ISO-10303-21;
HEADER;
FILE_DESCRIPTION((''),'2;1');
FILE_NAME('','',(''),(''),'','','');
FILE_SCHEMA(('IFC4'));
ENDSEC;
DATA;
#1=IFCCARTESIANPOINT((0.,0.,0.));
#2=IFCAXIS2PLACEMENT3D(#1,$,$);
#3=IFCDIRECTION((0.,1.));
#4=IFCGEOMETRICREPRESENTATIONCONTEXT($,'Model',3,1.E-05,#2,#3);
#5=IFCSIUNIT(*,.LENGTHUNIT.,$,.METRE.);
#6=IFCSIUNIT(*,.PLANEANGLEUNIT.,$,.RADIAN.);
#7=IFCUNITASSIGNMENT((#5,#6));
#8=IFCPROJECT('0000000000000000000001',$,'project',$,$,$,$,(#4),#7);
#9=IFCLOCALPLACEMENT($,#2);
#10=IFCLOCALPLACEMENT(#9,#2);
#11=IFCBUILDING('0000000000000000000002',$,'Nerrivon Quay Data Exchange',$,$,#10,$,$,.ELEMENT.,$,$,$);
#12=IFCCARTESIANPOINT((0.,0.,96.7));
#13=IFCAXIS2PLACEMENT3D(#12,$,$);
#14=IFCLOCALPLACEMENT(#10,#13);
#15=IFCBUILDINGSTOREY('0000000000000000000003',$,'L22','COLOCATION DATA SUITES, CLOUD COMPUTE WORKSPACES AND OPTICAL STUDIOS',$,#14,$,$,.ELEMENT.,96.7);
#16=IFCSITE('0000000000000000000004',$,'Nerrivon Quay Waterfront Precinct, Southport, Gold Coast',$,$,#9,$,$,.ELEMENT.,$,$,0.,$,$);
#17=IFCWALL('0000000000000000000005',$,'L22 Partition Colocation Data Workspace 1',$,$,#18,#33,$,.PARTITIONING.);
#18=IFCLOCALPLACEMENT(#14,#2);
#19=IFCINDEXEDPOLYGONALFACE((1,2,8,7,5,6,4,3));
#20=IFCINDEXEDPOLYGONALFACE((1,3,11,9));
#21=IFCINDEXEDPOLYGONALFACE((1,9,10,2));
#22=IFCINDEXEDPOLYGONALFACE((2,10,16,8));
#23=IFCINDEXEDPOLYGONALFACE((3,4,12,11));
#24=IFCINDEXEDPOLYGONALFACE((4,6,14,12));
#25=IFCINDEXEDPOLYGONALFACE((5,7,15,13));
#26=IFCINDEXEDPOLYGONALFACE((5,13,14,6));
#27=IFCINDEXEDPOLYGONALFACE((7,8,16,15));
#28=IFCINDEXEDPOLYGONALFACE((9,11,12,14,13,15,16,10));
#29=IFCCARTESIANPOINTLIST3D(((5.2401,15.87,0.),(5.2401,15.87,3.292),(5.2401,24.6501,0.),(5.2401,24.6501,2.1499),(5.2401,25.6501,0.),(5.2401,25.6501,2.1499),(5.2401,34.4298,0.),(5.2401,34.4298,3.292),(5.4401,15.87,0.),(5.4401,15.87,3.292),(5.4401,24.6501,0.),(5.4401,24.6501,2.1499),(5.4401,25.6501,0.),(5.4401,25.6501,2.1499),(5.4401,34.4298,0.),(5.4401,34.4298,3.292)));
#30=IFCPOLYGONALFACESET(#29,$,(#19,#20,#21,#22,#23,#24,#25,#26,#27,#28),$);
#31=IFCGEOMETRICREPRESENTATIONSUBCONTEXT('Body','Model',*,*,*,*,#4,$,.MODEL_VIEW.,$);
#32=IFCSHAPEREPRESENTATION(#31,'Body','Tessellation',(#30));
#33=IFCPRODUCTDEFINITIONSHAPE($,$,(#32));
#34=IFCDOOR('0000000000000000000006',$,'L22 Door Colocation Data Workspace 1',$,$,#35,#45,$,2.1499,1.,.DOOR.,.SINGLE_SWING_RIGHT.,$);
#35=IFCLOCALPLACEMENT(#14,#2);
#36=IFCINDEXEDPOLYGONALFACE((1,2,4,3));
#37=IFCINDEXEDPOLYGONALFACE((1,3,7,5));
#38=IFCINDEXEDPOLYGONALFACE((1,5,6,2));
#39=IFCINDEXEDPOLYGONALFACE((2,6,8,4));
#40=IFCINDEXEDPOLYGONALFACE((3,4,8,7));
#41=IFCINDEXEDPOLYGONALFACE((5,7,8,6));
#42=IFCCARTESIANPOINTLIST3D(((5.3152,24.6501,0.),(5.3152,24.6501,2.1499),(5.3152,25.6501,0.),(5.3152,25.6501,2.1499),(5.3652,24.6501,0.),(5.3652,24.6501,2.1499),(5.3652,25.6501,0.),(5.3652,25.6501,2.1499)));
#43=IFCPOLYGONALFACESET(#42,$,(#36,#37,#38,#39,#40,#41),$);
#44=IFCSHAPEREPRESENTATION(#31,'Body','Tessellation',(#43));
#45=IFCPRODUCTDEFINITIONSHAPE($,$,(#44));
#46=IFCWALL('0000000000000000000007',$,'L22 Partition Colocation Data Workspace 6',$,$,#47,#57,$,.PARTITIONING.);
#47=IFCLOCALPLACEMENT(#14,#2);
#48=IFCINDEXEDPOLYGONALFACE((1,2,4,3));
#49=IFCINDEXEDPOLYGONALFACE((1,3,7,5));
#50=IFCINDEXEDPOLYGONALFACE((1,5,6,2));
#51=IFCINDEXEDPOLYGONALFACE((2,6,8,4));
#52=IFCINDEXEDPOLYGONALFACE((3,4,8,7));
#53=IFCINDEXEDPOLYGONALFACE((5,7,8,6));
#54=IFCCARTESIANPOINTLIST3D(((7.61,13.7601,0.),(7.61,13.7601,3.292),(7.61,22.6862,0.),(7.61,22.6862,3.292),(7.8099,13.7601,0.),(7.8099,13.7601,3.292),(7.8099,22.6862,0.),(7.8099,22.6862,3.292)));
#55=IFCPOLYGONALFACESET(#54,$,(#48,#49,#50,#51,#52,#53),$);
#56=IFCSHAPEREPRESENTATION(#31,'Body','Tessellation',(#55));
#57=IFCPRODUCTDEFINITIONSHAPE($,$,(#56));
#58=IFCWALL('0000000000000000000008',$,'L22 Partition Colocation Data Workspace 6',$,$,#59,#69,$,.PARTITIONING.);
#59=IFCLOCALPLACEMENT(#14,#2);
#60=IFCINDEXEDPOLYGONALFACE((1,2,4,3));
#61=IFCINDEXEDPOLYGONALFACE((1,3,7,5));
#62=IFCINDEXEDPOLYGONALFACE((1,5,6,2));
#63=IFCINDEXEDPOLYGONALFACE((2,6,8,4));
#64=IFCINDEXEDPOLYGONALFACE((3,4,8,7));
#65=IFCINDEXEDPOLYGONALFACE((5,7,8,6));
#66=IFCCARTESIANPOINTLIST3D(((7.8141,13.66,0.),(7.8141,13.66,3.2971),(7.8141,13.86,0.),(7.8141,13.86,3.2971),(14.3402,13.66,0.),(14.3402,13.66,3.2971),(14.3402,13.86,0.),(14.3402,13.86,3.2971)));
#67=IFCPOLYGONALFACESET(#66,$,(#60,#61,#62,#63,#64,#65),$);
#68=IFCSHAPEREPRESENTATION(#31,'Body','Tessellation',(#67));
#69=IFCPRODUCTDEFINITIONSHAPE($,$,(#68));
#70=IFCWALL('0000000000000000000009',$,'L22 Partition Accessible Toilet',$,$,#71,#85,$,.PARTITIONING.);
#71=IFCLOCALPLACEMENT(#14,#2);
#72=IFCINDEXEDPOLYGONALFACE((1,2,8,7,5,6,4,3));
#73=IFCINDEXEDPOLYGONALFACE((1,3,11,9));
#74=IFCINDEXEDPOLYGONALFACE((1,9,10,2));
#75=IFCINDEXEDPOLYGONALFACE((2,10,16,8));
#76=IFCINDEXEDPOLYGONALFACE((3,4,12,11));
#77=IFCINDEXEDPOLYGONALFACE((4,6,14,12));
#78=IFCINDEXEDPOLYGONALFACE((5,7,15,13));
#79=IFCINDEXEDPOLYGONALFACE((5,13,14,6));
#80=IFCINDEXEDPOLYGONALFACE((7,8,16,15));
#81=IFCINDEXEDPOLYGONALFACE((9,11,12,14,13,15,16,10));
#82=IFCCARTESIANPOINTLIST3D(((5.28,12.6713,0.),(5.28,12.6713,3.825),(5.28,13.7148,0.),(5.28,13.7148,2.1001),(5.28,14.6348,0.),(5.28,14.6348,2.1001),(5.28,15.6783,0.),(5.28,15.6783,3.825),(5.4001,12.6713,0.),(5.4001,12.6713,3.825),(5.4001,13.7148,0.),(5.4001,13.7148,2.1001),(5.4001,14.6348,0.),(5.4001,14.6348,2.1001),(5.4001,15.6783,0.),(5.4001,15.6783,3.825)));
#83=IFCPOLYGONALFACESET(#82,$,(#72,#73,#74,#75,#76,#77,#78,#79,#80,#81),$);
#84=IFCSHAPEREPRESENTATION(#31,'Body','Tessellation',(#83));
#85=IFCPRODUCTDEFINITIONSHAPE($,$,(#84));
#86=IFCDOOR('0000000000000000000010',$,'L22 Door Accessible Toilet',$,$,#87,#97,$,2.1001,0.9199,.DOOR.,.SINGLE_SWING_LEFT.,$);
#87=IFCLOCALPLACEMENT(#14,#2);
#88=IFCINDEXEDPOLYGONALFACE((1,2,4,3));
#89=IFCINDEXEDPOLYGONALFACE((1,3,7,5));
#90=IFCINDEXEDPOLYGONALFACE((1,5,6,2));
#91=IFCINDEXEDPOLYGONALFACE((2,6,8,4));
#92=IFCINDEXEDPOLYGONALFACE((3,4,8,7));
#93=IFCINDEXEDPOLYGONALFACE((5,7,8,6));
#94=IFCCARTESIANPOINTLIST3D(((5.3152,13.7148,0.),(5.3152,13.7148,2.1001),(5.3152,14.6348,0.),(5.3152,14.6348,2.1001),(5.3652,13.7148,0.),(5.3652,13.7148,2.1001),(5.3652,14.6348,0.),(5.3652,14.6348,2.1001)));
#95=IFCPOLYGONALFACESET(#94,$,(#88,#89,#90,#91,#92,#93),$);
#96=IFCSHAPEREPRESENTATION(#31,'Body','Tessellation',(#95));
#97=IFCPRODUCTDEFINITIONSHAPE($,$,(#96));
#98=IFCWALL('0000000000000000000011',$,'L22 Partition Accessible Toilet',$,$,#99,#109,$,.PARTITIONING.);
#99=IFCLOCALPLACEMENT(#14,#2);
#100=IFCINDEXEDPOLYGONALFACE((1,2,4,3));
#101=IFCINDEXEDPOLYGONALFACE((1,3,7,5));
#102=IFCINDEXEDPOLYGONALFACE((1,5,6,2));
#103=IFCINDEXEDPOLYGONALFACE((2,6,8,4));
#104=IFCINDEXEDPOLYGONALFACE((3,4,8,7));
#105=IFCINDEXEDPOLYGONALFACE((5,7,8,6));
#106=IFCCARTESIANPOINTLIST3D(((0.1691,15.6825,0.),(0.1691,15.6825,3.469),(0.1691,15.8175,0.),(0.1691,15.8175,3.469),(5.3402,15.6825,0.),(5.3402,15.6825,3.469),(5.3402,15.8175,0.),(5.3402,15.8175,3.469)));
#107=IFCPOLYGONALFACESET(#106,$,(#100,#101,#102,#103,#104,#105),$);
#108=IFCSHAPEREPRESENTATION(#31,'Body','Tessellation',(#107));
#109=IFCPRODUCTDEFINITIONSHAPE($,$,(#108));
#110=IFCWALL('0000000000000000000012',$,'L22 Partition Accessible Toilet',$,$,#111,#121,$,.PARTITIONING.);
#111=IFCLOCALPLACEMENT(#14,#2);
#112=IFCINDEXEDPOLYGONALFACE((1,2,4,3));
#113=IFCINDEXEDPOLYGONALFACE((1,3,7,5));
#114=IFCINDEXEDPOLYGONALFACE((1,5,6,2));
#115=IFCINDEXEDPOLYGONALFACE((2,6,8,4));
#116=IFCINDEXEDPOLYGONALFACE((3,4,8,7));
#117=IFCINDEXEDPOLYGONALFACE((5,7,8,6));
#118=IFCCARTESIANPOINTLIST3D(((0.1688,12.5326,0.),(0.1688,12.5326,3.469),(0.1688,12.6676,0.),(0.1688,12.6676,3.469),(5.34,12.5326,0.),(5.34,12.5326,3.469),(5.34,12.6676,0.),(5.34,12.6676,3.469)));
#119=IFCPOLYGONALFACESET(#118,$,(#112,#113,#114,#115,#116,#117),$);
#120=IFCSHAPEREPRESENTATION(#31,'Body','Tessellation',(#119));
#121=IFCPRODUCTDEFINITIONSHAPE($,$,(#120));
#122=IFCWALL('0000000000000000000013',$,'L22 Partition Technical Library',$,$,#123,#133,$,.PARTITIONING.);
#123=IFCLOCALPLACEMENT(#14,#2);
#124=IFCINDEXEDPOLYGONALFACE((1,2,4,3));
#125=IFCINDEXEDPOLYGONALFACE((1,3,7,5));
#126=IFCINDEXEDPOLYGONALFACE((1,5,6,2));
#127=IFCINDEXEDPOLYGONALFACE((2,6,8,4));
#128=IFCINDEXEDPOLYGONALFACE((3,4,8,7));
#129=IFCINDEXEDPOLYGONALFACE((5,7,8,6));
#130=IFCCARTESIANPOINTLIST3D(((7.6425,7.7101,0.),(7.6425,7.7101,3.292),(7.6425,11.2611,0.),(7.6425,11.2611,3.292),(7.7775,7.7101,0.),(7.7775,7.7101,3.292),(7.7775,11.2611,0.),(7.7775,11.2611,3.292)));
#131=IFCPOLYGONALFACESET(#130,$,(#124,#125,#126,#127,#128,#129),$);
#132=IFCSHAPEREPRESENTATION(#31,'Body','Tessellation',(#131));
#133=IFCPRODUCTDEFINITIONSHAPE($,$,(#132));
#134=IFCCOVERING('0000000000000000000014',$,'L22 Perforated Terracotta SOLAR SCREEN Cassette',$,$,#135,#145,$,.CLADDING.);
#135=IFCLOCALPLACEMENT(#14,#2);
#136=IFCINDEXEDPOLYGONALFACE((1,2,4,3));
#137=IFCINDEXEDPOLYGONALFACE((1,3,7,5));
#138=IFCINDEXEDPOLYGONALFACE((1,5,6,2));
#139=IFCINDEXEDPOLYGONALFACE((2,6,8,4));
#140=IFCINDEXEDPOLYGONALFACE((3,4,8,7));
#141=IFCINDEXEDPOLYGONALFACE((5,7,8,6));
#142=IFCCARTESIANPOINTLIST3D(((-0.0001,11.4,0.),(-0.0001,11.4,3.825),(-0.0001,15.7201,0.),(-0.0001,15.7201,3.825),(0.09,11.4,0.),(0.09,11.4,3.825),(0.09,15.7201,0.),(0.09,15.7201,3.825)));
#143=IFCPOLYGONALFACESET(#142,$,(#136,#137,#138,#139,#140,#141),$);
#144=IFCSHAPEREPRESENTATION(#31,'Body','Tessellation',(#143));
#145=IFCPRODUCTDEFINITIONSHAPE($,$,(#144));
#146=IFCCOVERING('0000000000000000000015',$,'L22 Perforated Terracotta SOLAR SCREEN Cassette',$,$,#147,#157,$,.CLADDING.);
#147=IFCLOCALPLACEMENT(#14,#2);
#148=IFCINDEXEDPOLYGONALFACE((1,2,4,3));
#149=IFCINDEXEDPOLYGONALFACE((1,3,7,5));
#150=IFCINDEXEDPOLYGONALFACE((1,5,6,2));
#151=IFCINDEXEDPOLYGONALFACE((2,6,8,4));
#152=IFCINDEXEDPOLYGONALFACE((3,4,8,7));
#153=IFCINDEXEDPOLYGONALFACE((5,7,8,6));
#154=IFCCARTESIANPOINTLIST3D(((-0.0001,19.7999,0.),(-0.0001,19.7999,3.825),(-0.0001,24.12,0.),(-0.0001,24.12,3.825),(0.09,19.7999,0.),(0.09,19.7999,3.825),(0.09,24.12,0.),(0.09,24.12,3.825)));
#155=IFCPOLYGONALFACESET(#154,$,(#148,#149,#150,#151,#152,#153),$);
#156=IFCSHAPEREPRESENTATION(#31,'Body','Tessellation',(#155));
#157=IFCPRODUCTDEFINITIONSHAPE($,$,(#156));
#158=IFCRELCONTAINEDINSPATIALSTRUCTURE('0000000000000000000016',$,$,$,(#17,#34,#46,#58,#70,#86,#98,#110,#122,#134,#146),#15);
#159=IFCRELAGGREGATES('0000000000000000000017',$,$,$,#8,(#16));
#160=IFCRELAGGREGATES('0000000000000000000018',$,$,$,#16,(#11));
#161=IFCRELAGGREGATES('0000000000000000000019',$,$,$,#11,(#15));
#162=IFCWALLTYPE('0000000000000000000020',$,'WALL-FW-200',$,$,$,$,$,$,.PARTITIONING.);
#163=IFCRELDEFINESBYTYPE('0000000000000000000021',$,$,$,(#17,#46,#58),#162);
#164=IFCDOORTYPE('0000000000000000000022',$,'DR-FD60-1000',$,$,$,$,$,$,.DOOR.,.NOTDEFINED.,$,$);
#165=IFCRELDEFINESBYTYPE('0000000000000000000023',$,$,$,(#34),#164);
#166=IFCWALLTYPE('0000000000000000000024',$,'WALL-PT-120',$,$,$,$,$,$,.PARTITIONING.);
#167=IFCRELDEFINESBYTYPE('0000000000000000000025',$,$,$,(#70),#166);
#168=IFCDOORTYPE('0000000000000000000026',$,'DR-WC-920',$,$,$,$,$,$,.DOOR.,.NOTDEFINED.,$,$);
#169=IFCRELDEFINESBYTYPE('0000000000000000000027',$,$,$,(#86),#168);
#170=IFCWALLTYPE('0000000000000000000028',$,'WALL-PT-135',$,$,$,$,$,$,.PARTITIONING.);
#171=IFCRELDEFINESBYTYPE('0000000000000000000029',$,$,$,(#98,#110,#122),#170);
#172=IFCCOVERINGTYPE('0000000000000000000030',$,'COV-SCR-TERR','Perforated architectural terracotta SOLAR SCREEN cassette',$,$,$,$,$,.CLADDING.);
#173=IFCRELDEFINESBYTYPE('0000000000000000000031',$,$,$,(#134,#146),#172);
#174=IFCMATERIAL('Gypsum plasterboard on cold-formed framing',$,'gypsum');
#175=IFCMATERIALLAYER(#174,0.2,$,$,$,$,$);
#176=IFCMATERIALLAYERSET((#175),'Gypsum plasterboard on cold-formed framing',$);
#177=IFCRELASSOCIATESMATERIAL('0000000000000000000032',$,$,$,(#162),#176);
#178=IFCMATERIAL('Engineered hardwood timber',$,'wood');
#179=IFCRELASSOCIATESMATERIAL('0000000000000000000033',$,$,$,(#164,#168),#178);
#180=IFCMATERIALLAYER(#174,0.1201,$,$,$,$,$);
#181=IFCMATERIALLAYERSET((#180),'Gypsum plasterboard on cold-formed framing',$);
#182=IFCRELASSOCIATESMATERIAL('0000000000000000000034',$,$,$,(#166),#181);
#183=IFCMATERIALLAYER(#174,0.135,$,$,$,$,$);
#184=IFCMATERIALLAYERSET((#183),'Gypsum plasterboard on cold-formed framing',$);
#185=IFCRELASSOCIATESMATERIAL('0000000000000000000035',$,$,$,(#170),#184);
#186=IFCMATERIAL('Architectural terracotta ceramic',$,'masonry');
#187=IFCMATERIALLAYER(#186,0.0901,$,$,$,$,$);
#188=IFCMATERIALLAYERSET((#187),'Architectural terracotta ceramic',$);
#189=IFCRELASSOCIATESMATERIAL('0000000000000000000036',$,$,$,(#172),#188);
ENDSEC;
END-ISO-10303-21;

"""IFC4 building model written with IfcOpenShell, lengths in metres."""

from ifc_helpers import new_model, si_unit, direction, frame, frame_2d, origin, origin_2d, place, context, subcontext, project, spatial, rectangle, extrude, material, layer, layer_set, type_object, element, fill, save


model = new_model("IFC4")

# Units and contexts
model_context = context("Model", 3, precision=1e-05, world=origin(), true_north=direction((0.0, 1.0)))
body_context = subcontext(model_context, "Body", "Model", "MODEL_VIEW")
ifc_project = project(units=[si_unit("LENGTHUNIT", "METRE"), si_unit("PLANEANGLEUNIT", "RADIAN")], contexts=[model_context])

# Site, building, storey
site_placement = place(None, origin())
site = spatial("IfcSite", under=ifc_project, at=site_placement, Name="Nerrivon Quay Waterfront Precinct, Southport, Gold Coast", CompositionType="ELEMENT", RefElevation=0.0)
building_placement = place(site_placement, origin())
building = spatial("IfcBuilding", under=site, at=building_placement, Name="Nerrivon Quay Data Exchange", CompositionType="ELEMENT")
storey_placement = place(building_placement, frame((0.0, 0.0, 96.7)))
storey = spatial("IfcBuildingStorey", under=building, at=storey_placement, Name="L22", Description="COLOCATION DATA SUITES, CLOUD COMPUTE WORKSPACES AND OPTICAL STUDIOS", CompositionType="ELEMENT", Elevation=96.7)

# Wall, opening, door
ifc_material_1 = material(Name="Gypsum plasterboard on cold-formed framing", Category="gypsum")
ifc_layer_1 = layer(ifc_material_1, 0.2)
ifc_layer_set_1 = layer_set([ifc_layer_1], Name="Gypsum plasterboard on cold-formed framing")
wall_type_1 = type_object("IfcWallType", Name="WALL-FW-200", PredefinedType="PARTITIONING", material=ifc_layer_set_1)
wall_1_placement = place(storey_placement, frame((5.3401, 15.8701, 0.0), z_axis=(0.0, 0.0, 1.0), x_axis=(0.0, 1.0, 0.0)))
wall_1 = element("IfcWall", 1, at=wall_1_placement, inside=storey, type_object=wall_type_1, Name="L22 Partition Colocation Data Workspace 1", PredefinedType="PARTITIONING", context=body_context, shape_type="SweptSolid", body=[
    extrude(rectangle(XDim=18.5598, YDim=0.2, at=frame_2d((9.2798, 0.0))), origin(), (0.0, 0.0, 1.0), 3.292),
])
opening_1_placement = place(wall_1_placement, frame((8.78, 0.0, 0.0)))
opening_1 = element("IfcOpeningElement", 2, at=opening_1_placement, cuts=wall_1, PredefinedType="OPENING", context=body_context, shape_type="SweptSolid", body=[
    extrude(rectangle(XDim=1.0, YDim=2.1499, at=frame_2d((0.5, 1.075))), frame((0.0, 0.1099, 0.0), z_axis=(0.0, -1.0, 0.0), x_axis=(1.0, 0.0, 0.0)), (0.0, 0.0, 1.0), 0.22),
])
ifc_material_2 = material(Name="Engineered hardwood timber", Category="wood")
door_type_1 = type_object("IfcDoorType", Name="DR-FD60-1000", OperationType="NOTDEFINED", PredefinedType="DOOR", material=ifc_material_2)
door_1_placement = place(opening_1_placement, origin())
door_1 = element("IfcDoor", 3, at=door_1_placement, inside=storey, type_object=door_type_1, Name="L22 Door Colocation Data Workspace 1", OperationType="SINGLE_SWING_RIGHT", OverallHeight=2.1499, OverallWidth=1.0, PredefinedType="DOOR", context=body_context, shape_type="SweptSolid", body=[
    extrude(rectangle(XDim=1.0, YDim=2.1499, at=frame_2d((0.5, 1.075))), frame((0.0, 0.0249, 0.0), z_axis=(0.0, -1.0, 0.0), x_axis=(1.0, 0.0, 0.0)), (0.0, 0.0, 1.0), 0.05),
])
fill(opening_1, door_1)

# Walls
wall_2_placement = place(storey_placement, frame((7.71, 22.686, 0.0), z_axis=(0.0, 0.0, 1.0), x_axis=(0.0, -1.0, 0.0)))
element("IfcWall", 4, at=wall_2_placement, inside=storey, type_object=wall_type_1, Name="L22 Partition Colocation Data Workspace 6", PredefinedType="PARTITIONING", context=body_context, shape_type="SweptSolid", body=[
    extrude(rectangle(XDim=8.926, YDim=0.2, at=frame_2d((4.4629, 0.0))), origin(), (0.0, 0.0, 1.0), 3.292),
])
wall_3_placement = place(storey_placement, frame((7.814, 13.76, 0.0), z_axis=(0.0, 0.0, 1.0), x_axis=(1.0, 0.0, 0.0)))
element("IfcWall", 5, at=wall_3_placement, inside=storey, type_object=wall_type_1, Name="L22 Partition Colocation Data Workspace 6", PredefinedType="PARTITIONING", context=body_context, shape_type="SweptSolid", body=[
    extrude(rectangle(XDim=6.5261, YDim=0.2, at=frame_2d((3.2632, 0.0))), origin(), (0.0, 0.0, 1.0), 3.2971),
])

# Wall, opening, door
ifc_layer_2 = layer(ifc_material_1, 0.1201)
ifc_layer_set_2 = layer_set([ifc_layer_2], Name="Gypsum plasterboard on cold-formed framing")
wall_type_2 = type_object("IfcWallType", Name="WALL-PT-120", PredefinedType="PARTITIONING", material=ifc_layer_set_2)
wall_4_placement = place(storey_placement, frame((5.3401, 12.6714, 0.0), z_axis=(0.0, 0.0, 1.0), x_axis=(0.0, 1.0, 0.0)))
wall_4 = element("IfcWall", 6, at=wall_4_placement, inside=storey, type_object=wall_type_2, Name="L22 Partition Accessible Toilet", PredefinedType="PARTITIONING", context=body_context, shape_type="SweptSolid", body=[
    extrude(rectangle(XDim=3.0071, YDim=0.1201, at=frame_2d((1.5034, 0.0))), origin(), (0.0, 0.0, 1.0), 3.825),
])
opening_2_placement = place(wall_4_placement, frame((1.0435, 0.0, 0.0)))
opening_2 = element("IfcOpeningElement", 7, at=opening_2_placement, cuts=wall_4, PredefinedType="OPENING", context=body_context, shape_type="SweptSolid", body=[
    extrude(rectangle(XDim=0.9199, YDim=2.1001, at=frame_2d((0.46, 1.05))), frame((0.0, 0.0701, 0.0), z_axis=(0.0, -1.0, 0.0), x_axis=(1.0, 0.0, 0.0)), (0.0, 0.0, 1.0), 0.1401),
])
door_type_2 = type_object("IfcDoorType", Name="DR-WC-920", OperationType="NOTDEFINED", PredefinedType="DOOR", material=ifc_material_2)
door_2_placement = place(opening_2_placement, origin())
door_2 = element("IfcDoor", 8, at=door_2_placement, inside=storey, type_object=door_type_2, Name="L22 Door Accessible Toilet", OperationType="SINGLE_SWING_LEFT", OverallHeight=2.1001, OverallWidth=0.9199, PredefinedType="DOOR", context=body_context, shape_type="SweptSolid", body=[
    extrude(rectangle(XDim=0.9199, YDim=2.1001, at=frame_2d((0.46, 1.05))), frame((0.0, 0.0249, 0.0), z_axis=(0.0, -1.0, 0.0), x_axis=(1.0, 0.0, 0.0)), (0.0, 0.0, 1.0), 0.05),
])
fill(opening_2, door_2)

# Walls
ifc_layer_3 = layer(ifc_material_1, 0.135)
ifc_layer_set_3 = layer_set([ifc_layer_3], Name="Gypsum plasterboard on cold-formed framing")
wall_type_3 = type_object("IfcWallType", Name="WALL-PT-135", PredefinedType="PARTITIONING", material=ifc_layer_set_3)
for number, where, z_axis, x_axis, name in (
    (9, (5.3401, 15.75, 0.0), (0.0, 0.0, 1.0), (-1.0, 0.0, 0.0), "L22 Partition Accessible Toilet"),
    (10, (0.1689, 12.6001, 0.0), (0.0, 0.0, 1.0), (1.0, 0.0, 0.0), "L22 Partition Accessible Toilet"),
):
    element("IfcWall", number, at=place(storey_placement, frame(where, z_axis=z_axis, x_axis=x_axis)), inside=storey, type_object=wall_type_3, Name=name, PredefinedType="PARTITIONING", context=body_context, shape_type="SweptSolid", body=[
        extrude(rectangle(XDim=5.1711, YDim=0.135, at=frame_2d((2.5854, 0.0))), origin(), (0.0, 0.0, 1.0), 3.469),
    ])
wall_5_placement = place(storey_placement, frame((7.71, 11.261, 0.0), z_axis=(0.0, 0.0, 1.0), x_axis=(0.0, -1.0, 0.0)))
element("IfcWall", 11, at=wall_5_placement, inside=storey, type_object=wall_type_3, Name="L22 Partition Technical Library", PredefinedType="PARTITIONING", context=body_context, shape_type="SweptSolid", body=[
    extrude(rectangle(XDim=3.551, YDim=0.135, at=frame_2d((1.7754, 0.0))), origin(), (0.0, 0.0, 1.0), 3.292),
])

# Coverings
ifc_material_3 = material(Name="Architectural terracotta ceramic", Category="masonry")
ifc_layer_4 = layer(ifc_material_3, 0.0901)
ifc_layer_set_4 = layer_set([ifc_layer_4], Name="Architectural terracotta ceramic")
covering_type = type_object("IfcCoveringType", Name="COV-SCR-TERR", Description="Perforated architectural terracotta SOLAR SCREEN cassette", PredefinedType="CLADDING", material=ifc_layer_set_4)
for number, where, z_axis, x_axis, name in (
    (12, (0.0449, 13.5601, 0.0), (0.0, 0.0, 1.0), (0.0, 1.0, 0.0), "L22 Perforated Terracotta SOLAR SCREEN Cassette"),
    (13, (0.0449, 21.96, 0.0), (0.0, 0.0, 1.0), (0.0, 1.0, 0.0), "L22 Perforated Terracotta SOLAR SCREEN Cassette"),
):
    element("IfcCovering", number, at=place(storey_placement, frame(where, z_axis=z_axis, x_axis=x_axis)), inside=storey, type_object=covering_type, Name=name, PredefinedType="CLADDING", context=body_context, shape_type="SweptSolid", body=[
        extrude(rectangle(XDim=4.3201, YDim=0.0901, at=origin_2d()), origin(), (0.0, 0.0, 1.0), 3.825),
    ])

save(model, "model.ifc")
